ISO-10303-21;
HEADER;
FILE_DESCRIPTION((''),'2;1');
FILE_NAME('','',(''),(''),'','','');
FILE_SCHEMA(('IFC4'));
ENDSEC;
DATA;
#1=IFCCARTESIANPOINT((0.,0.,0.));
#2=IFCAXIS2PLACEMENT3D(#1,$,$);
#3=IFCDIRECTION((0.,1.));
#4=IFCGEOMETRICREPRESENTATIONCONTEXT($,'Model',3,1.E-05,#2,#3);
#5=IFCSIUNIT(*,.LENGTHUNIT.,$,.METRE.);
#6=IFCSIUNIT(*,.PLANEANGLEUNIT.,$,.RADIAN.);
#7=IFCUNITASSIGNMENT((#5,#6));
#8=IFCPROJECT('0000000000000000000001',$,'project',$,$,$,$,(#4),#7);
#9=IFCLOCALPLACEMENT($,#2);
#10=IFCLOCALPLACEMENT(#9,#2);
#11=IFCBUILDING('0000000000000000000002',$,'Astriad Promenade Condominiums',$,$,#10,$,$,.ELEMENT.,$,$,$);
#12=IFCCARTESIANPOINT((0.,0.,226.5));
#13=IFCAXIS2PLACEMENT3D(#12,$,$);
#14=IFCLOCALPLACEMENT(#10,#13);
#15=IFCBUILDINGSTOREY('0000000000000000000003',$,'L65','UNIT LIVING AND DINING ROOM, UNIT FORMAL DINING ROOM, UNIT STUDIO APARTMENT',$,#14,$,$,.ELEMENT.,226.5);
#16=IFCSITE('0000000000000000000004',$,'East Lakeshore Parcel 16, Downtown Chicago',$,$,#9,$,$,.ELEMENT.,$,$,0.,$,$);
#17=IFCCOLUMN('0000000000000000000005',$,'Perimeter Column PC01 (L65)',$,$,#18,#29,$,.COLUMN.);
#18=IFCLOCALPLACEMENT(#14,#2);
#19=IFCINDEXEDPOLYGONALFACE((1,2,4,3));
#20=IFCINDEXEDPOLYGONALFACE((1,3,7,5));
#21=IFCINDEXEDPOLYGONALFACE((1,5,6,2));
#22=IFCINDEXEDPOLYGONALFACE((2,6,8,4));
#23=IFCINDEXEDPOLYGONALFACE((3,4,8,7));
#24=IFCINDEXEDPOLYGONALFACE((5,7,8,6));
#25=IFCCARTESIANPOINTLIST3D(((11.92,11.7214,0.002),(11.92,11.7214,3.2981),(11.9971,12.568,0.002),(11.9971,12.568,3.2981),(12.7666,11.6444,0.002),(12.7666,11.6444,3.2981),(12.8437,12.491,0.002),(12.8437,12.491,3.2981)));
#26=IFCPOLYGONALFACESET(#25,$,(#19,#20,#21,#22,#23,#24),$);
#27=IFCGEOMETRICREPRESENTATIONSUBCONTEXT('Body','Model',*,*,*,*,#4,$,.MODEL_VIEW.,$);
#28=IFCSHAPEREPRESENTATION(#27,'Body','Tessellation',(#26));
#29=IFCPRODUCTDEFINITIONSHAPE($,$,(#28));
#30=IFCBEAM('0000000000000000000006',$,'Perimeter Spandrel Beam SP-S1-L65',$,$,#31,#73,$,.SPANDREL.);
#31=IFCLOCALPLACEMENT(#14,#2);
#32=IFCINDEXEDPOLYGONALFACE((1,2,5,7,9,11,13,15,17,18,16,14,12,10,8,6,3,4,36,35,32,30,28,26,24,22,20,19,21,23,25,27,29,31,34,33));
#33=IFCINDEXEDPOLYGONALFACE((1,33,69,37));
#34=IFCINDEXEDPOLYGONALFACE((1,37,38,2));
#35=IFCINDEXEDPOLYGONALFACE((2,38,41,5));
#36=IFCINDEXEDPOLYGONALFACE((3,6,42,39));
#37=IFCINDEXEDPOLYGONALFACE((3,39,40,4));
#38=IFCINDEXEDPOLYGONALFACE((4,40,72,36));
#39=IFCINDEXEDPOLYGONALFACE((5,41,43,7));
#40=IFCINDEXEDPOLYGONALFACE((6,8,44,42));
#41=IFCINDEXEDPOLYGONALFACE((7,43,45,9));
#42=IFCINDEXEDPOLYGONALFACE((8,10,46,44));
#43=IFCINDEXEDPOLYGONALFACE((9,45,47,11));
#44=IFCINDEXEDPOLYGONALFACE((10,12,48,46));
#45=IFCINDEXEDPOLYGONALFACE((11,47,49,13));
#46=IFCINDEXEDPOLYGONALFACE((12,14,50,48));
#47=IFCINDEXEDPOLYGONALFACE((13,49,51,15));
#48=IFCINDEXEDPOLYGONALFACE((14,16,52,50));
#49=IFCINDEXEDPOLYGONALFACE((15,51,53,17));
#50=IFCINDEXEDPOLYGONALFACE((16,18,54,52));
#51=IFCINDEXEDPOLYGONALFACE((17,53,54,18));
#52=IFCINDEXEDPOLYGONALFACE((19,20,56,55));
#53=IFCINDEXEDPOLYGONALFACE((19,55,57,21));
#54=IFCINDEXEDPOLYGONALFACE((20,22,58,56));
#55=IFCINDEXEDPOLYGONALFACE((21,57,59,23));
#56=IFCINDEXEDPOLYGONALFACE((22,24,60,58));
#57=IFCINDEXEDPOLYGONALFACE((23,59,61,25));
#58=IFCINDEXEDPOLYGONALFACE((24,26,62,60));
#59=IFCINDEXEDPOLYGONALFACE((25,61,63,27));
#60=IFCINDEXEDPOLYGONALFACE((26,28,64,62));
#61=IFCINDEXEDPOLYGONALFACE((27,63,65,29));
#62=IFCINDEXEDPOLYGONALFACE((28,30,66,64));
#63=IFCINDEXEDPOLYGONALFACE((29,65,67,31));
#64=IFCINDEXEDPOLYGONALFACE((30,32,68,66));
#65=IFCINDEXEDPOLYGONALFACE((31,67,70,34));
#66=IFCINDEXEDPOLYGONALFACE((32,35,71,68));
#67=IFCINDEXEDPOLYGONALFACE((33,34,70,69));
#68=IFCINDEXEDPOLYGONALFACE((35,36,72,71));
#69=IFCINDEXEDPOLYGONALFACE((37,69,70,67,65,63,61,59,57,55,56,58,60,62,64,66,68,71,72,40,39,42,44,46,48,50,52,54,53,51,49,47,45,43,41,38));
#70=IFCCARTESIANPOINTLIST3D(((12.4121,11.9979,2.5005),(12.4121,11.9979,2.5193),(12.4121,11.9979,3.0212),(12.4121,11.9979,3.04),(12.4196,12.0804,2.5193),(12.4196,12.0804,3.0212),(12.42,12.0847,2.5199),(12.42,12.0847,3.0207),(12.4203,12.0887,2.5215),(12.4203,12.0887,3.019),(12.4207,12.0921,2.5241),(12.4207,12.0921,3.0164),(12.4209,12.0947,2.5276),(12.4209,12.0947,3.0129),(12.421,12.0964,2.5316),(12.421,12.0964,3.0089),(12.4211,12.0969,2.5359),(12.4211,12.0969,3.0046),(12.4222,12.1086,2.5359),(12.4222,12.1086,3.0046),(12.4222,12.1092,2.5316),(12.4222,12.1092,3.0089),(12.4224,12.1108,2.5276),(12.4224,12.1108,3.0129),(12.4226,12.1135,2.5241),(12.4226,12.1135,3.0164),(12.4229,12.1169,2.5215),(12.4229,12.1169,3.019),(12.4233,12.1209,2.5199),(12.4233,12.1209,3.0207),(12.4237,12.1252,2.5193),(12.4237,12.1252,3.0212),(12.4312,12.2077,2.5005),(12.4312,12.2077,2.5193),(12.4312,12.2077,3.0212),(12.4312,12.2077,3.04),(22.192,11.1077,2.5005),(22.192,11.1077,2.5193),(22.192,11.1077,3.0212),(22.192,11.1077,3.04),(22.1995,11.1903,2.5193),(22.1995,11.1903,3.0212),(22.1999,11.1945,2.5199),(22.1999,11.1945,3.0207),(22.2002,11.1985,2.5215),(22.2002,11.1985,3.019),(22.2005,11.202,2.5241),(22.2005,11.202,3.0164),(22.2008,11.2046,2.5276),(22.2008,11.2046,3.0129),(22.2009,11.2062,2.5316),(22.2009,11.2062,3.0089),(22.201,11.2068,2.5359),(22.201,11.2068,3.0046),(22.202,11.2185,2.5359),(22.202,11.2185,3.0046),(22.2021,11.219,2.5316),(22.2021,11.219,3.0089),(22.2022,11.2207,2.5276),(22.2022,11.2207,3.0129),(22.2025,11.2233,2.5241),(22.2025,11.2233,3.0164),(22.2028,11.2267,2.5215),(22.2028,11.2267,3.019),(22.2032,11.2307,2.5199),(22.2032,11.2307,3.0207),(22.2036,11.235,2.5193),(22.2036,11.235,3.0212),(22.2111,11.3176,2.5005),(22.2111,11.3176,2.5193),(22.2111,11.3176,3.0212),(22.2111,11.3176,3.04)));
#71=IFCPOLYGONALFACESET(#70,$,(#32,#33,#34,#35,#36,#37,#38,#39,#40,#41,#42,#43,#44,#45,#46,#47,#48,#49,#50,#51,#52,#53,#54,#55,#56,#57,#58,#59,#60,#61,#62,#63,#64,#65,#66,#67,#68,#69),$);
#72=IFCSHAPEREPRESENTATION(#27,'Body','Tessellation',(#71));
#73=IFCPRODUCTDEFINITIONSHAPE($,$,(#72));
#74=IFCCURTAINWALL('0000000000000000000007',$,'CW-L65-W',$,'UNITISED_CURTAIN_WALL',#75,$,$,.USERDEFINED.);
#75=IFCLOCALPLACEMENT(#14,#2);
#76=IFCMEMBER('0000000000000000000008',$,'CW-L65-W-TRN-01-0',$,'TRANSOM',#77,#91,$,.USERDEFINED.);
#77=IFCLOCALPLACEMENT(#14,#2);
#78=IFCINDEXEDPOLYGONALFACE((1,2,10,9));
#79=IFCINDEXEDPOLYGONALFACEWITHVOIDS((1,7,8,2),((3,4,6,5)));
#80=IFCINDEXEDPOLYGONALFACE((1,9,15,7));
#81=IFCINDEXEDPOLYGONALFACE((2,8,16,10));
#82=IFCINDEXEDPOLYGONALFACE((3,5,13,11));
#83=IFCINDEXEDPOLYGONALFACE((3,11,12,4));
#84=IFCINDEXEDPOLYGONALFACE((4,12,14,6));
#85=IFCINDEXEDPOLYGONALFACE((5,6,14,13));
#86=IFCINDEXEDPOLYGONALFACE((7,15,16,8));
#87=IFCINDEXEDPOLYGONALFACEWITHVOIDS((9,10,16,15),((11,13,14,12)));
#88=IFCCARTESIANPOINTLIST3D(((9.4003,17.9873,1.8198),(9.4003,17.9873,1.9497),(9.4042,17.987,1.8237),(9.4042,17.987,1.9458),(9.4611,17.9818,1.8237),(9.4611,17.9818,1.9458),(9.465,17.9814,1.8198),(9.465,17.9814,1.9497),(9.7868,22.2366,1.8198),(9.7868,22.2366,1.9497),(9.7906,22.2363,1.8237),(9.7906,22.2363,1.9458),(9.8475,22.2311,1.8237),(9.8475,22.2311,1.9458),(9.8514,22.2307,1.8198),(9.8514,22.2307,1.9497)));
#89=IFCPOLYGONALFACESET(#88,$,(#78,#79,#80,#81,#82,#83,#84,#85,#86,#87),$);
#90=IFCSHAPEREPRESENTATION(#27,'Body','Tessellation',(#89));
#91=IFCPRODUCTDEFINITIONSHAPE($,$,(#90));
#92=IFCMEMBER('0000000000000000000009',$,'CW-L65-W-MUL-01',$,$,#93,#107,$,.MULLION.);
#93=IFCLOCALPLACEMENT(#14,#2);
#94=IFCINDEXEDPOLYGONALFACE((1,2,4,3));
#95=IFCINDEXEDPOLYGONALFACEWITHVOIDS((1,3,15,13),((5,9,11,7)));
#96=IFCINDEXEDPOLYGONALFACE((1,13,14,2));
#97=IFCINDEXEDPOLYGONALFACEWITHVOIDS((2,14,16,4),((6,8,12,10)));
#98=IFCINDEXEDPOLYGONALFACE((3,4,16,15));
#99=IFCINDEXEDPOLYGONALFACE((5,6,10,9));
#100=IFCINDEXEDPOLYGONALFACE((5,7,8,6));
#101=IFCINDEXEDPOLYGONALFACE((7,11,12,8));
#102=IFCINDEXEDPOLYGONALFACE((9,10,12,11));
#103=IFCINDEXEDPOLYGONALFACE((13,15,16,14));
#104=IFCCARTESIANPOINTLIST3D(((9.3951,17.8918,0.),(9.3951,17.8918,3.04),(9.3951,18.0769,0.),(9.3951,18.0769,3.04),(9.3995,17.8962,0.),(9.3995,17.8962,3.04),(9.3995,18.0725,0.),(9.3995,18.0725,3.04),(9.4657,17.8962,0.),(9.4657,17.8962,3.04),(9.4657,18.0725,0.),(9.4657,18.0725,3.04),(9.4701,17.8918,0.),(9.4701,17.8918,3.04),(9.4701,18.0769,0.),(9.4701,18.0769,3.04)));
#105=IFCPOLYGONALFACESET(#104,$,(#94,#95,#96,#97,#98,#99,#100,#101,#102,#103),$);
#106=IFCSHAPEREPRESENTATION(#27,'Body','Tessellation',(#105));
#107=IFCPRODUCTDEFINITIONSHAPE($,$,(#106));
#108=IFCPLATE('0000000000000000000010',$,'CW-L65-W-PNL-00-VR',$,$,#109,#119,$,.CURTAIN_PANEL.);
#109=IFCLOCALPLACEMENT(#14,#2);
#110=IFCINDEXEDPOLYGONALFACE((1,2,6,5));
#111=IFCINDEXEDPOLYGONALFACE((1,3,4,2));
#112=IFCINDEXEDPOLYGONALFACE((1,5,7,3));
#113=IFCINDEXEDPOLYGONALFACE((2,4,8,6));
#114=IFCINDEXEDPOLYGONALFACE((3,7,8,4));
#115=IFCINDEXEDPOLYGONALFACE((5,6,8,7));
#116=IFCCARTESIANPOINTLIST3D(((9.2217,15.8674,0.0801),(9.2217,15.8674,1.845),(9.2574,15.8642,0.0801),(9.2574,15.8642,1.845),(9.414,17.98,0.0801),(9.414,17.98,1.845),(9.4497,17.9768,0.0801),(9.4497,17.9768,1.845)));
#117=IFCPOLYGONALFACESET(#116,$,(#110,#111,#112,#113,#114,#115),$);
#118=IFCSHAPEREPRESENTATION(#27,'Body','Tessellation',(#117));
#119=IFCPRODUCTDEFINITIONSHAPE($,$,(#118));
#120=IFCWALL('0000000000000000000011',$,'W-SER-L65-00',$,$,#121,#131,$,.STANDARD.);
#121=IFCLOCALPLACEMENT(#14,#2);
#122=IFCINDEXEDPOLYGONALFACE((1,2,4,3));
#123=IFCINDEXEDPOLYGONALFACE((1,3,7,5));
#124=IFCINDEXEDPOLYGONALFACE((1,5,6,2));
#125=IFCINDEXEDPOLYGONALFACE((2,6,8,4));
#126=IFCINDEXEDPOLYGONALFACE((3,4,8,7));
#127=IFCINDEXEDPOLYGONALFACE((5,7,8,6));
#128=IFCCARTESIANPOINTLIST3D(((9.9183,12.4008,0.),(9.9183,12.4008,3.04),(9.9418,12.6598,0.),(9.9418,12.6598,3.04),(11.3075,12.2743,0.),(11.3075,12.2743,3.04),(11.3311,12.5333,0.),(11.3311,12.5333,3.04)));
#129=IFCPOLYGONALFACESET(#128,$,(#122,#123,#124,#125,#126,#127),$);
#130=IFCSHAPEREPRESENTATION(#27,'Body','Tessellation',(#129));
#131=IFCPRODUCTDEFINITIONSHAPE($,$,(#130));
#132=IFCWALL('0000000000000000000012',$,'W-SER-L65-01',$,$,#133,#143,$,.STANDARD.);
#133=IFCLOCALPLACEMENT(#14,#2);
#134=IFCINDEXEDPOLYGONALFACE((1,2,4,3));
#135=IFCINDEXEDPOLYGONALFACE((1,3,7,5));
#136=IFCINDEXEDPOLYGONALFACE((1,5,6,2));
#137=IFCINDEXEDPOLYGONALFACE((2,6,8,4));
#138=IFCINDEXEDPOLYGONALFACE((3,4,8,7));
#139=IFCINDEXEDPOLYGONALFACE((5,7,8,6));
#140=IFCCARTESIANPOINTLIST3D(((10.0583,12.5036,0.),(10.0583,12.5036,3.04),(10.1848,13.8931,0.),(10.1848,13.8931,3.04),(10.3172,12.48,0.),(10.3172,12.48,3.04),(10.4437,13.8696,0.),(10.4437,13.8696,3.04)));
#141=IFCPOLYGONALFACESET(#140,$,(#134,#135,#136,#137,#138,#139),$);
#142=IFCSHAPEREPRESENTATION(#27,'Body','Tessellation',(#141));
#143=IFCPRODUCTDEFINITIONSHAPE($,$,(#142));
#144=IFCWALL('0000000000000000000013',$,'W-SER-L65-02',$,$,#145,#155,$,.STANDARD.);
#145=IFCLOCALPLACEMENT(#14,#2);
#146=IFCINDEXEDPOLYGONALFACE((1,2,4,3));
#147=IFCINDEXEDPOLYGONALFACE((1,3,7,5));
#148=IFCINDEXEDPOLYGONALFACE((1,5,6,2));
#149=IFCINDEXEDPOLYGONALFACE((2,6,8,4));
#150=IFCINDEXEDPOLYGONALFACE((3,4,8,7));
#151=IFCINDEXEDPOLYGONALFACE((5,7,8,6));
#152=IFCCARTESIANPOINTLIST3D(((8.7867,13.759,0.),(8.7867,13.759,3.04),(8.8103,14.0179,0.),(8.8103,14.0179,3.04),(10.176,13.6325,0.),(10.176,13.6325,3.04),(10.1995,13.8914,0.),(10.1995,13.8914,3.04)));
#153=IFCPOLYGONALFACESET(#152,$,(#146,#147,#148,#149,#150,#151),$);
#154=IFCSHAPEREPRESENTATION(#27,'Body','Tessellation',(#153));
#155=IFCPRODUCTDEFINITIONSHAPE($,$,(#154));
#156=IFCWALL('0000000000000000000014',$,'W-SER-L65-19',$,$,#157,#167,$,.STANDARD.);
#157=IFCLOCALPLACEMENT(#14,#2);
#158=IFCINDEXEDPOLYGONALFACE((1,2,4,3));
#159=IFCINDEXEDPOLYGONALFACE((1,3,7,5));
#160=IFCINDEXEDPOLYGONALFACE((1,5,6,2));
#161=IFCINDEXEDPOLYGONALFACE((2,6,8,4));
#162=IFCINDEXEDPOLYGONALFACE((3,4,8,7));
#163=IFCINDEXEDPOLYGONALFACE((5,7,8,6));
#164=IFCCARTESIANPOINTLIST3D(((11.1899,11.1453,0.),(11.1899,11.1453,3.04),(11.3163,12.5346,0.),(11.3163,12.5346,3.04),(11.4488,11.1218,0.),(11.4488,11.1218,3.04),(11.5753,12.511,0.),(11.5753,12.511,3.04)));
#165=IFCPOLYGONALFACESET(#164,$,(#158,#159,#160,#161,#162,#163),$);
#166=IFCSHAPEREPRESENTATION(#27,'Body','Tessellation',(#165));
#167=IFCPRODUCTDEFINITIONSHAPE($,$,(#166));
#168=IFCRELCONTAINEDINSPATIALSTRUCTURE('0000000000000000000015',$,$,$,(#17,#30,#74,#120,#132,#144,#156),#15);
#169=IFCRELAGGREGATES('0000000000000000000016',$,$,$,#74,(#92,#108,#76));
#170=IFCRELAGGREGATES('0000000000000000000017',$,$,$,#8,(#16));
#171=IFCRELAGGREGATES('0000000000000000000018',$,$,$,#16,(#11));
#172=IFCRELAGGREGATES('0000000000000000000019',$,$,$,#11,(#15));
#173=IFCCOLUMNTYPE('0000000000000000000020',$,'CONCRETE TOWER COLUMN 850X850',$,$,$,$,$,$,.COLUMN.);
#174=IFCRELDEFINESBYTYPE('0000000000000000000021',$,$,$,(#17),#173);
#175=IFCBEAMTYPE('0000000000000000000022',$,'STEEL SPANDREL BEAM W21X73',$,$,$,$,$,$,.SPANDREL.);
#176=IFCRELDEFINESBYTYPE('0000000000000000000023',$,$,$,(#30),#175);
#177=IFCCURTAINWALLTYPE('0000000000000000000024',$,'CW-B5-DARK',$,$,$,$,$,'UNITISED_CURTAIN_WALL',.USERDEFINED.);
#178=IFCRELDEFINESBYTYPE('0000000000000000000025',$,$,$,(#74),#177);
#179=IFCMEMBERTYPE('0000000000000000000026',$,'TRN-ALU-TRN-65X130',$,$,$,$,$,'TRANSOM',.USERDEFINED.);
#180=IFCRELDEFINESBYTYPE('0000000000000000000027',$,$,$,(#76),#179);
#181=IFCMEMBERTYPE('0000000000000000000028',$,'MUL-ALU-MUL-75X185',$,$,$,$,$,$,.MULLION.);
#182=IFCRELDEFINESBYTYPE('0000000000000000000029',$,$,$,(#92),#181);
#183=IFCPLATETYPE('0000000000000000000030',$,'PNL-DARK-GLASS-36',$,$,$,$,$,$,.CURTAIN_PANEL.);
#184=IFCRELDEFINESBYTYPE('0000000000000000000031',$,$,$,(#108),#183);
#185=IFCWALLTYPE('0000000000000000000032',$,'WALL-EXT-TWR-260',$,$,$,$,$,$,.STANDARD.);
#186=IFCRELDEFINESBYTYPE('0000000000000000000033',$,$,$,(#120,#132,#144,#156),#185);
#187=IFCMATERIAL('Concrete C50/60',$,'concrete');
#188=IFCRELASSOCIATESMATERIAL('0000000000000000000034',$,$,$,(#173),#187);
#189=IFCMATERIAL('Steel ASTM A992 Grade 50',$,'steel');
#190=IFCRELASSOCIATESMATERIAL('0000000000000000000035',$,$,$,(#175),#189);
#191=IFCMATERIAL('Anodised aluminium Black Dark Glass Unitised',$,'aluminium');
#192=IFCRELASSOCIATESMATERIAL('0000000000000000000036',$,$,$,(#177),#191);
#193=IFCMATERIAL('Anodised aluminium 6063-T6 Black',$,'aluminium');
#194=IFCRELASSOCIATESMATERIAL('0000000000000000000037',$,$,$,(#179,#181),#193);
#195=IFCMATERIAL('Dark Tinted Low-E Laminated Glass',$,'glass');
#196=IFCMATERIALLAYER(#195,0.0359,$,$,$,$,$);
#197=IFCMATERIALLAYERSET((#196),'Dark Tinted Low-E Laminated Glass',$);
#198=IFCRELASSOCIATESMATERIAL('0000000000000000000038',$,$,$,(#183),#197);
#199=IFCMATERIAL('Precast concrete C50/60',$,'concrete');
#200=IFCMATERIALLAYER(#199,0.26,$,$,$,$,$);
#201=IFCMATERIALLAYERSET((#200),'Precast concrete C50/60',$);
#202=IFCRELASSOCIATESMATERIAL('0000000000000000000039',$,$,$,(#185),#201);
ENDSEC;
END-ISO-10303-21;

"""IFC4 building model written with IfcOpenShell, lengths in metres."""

from ifc_helpers import new_model, si_unit, direction, frame, frame_2d, origin, origin_2d, place, context, subcontext, project, spatial, rectangle, hollow_rectangle, i_section, extrude, source, transform, mapped, material, layer, layer_set, material_profile, profile_set, type_object, type_shapes, element, aggregate, save


model = new_model("IFC4")

# Units and contexts
model_context = context("Model", 3, precision=1e-05, world=origin(), true_north=direction((0.0, 1.0)))
body_context = subcontext(model_context, "Body", "Model", "MODEL_VIEW")
ifc_project = project(units=[si_unit("LENGTHUNIT", "METRE"), si_unit("PLANEANGLEUNIT", "RADIAN")], contexts=[model_context])

# Site, building, storey
site_placement = place(None, origin())
site = spatial("IfcSite", under=ifc_project, at=site_placement, Name="East Lakeshore Parcel 16, Downtown Chicago", CompositionType="ELEMENT", RefElevation=0.0)
building_placement = place(site_placement, origin())
building = spatial("IfcBuilding", under=site, at=building_placement, Name="Astriad Promenade Condominiums", CompositionType="ELEMENT")
storey_placement = place(building_placement, frame((0.0, 0.0, 226.5)))
storey = spatial("IfcBuildingStorey", under=building, at=storey_placement, Name="L65", Description="UNIT LIVING AND DINING ROOM, UNIT FORMAL DINING ROOM, UNIT STUDIO APARTMENT", CompositionType="ELEMENT", Elevation=226.5)

# Column
ifc_material_1 = material(Name="Concrete C50/60", Category="concrete")
ifc_material_profile_1 = material_profile(ifc_material_1, rectangle(XDim=0.8501, YDim=0.8501, at=origin_2d()), Name="RC-COL-850X850")
ifc_profile_set_1 = profile_set([ifc_material_profile_1], Name="Concrete C50/60")
column_type = type_object("IfcColumnType", Name="CONCRETE TOWER COLUMN 850X850", PredefinedType="COLUMN", material=ifc_profile_set_1)
shared_shape_1 = source(origin(), body_context, "Body", "SweptSolid", [
    extrude(rectangle(XDim=0.8501, YDim=0.8501, at=origin_2d()), origin(), (0.0, 0.0, 1.0), 3.2961),
])
type_shapes(column_type, [shared_shape_1])
column_placement = place(storey_placement, frame((12.3818, 12.1062, 0.002), z_axis=(0.0, 0.0, 1.0), x_axis=(0.995884, -0.090633, 0.0)))
element("IfcColumn", 1, at=column_placement, inside=storey, type_object=column_type, Name="Perimeter Column PC01 (L65)", PredefinedType="COLUMN", context=body_context, shape_type="MappedRepresentation", body=[
    mapped(shared_shape_1, transform((0.0, 0.0, 0.0), scale=1.0)),
])

# Beam
ifc_material_2 = material(Name="Steel ASTM A992 Grade 50", Category="steel")
ifc_material_profile_2 = material_profile(ifc_material_2, i_section(OverallWidth=0.2107, OverallDepth=0.5396, WebThickness=0.0117, FlangeThickness=0.0188, FilletRadius=0.0166, at=origin_2d()), Name="W21X73")
ifc_profile_set_2 = profile_set([ifc_material_profile_2], Name="Steel ASTM A992 Grade 50")
beam_type = type_object("IfcBeamType", Name="STEEL SPANDREL BEAM W21X73", PredefinedType="SPANDREL", material=ifc_profile_set_2)
shared_shape_2 = source(origin(), body_context, "Body", "SweptSolid", [
    extrude(i_section(OverallWidth=0.2107, OverallDepth=0.5396, WebThickness=0.0117, FlangeThickness=0.0188, FilletRadius=0.0166, at=origin_2d()), origin(), (0.0, 0.0, 1.0), 9.8203),
])
type_shapes(beam_type, [shared_shape_2])
beam_placement = place(storey_placement, frame((12.4216, 12.1028, 2.7703), z_axis=(0.995883, -0.090643, 0.0), x_axis=(0.090643, 0.995883, 0.0)))
element("IfcBeam", 2, at=beam_placement, inside=storey, type_object=beam_type, Name="Perimeter Spandrel Beam SP-S1-L65", PredefinedType="SPANDREL", context=body_context, shape_type="MappedRepresentation", body=[
    mapped(shared_shape_2, transform((0.0, 0.0, 0.0), scale=1.0)),
])

# Curtain wall, members, plate
ifc_material_3 = material(Name="Anodised aluminium Black Dark Glass Unitised", Category="aluminium")
curtain_wall_type = type_object("IfcCurtainWallType", Name="CW-B5-DARK", ElementType="UNITISED_CURTAIN_WALL", PredefinedType="USERDEFINED", material=ifc_material_3)
curtain_wall_placement = place(storey_placement, origin())
curtain_wall = element("IfcCurtainWall", 3, at=curtain_wall_placement, inside=storey, type_object=curtain_wall_type, Name="CW-L65-W", ObjectType="UNITISED_CURTAIN_WALL", PredefinedType="USERDEFINED")
ifc_material_4 = material(Name="Anodised aluminium 6063-T6 Black", Category="aluminium")
ifc_material_profile_3 = material_profile(ifc_material_4, hollow_rectangle(XDim=0.0649, YDim=0.1299, WallThickness=0.0039, at=origin_2d()), Name="ALU-TRN-65X130")
ifc_profile_set_3 = profile_set([ifc_material_profile_3], Name="Anodised aluminium 6063-T6 Black")
member_type_1 = type_object("IfcMemberType", Name="TRN-ALU-TRN-65X130", ElementType="TRANSOM", PredefinedType="USERDEFINED", material=ifc_profile_set_3)
shared_shape_3 = source(origin(), body_context, "Body", "SweptSolid", [
    extrude(hollow_rectangle(XDim=0.0649, YDim=0.1299, WallThickness=0.0039, at=origin_2d()), origin(), (0.0, 0.0, 1.0), 4.2668),
])
type_shapes(member_type_1, [shared_shape_3])
member_1_placement = place(storey_placement, frame((9.4326, 17.9844, 1.8848), z_axis=(0.090577, 0.995889, 0.0), x_axis=(-0.995889, 0.090577, 0.0)))
member_1 = element("IfcMember", 4, at=member_1_placement, type_object=member_type_1, Name="CW-L65-W-TRN-01-0", ObjectType="TRANSOM", PredefinedType="USERDEFINED", context=body_context, shape_type="MappedRepresentation", body=[
    mapped(shared_shape_3, transform((0.0, 0.0, 0.0), scale=1.0)),
])
ifc_material_profile_4 = material_profile(ifc_material_4, hollow_rectangle(XDim=0.075, YDim=0.1851, WallThickness=0.0044, at=origin_2d()), Name="ALU-MUL-75X185")
ifc_profile_set_4 = profile_set([ifc_material_profile_4], Name="Anodised aluminium 6063-T6 Black")
member_type_2 = type_object("IfcMemberType", Name="MUL-ALU-MUL-75X185", PredefinedType="MULLION", material=ifc_profile_set_4)
shared_shape_4 = source(origin(), body_context, "Body", "SweptSolid", [
    extrude(hollow_rectangle(XDim=0.075, YDim=0.1851, WallThickness=0.0044, at=origin_2d()), origin(), (0.0, 0.0, 1.0), 3.04),
])
type_shapes(member_type_2, [shared_shape_4])
member_2_placement = place(storey_placement, frame((9.4326, 17.9844, 0.0), z_axis=(0.0, 0.0, 1.0), x_axis=(1.0, 0.0, 0.0)))
member_2 = element("IfcMember", 5, at=member_2_placement, type_object=member_type_2, Name="CW-L65-W-MUL-01", PredefinedType="MULLION", context=body_context, shape_type="MappedRepresentation", body=[
    mapped(shared_shape_4, transform((0.0, 0.0, 0.0), scale=1.0)),
])
ifc_material_5 = material(Name="Dark Tinted Low-E Laminated Glass", Category="glass")
ifc_layer_1 = layer(ifc_material_5, 0.0359)
ifc_layer_set_1 = layer_set([ifc_layer_1], Name="Dark Tinted Low-E Laminated Glass")
plate_type = type_object("IfcPlateType", Name="PNL-DARK-GLASS-36", PredefinedType="CURTAIN_PANEL", material=ifc_layer_set_1)
shared_shape_5 = source(origin(), body_context, "Body", "SweptSolid", [
    extrude(rectangle(XDim=2.1213, YDim=0.0359, at=origin_2d()), origin(), (0.0, 0.0, 1.0), 1.7649),
])
type_shapes(plate_type, [shared_shape_5])
plate_placement = place(storey_placement, frame((9.3357, 16.9221, 0.0801), z_axis=(0.0, 0.0, 1.0), x_axis=(0.090633, 0.995884, 0.0)))
plate = element("IfcPlate", 6, at=plate_placement, type_object=plate_type, Name="CW-L65-W-PNL-00-VR", PredefinedType="CURTAIN_PANEL", context=body_context, shape_type="MappedRepresentation", body=[
    mapped(shared_shape_5, transform((0.0, 0.0, 0.0), scale=1.0)),
])
aggregate(curtain_wall, [member_2, plate, member_1])

# Walls
ifc_material_6 = material(Name="Precast concrete C50/60", Category="concrete")
ifc_layer_2 = layer(ifc_material_6, 0.26)
ifc_layer_set_2 = layer_set([ifc_layer_2], Name="Precast concrete C50/60")
wall_type_1 = type_object("IfcWallType", Name="WALL-EXT-TWR-260", PredefinedType="STANDARD", material=ifc_layer_set_2)
wall_1_placement = place(storey_placement, frame((11.3193, 12.4038, 0.0), z_axis=(0.0, 0.0, 1.0), x_axis=(-0.995882, 0.090662, 0.0)))
element("IfcWall", 7, at=wall_1_placement, inside=storey, type_object=wall_type_1, Name="W-SER-L65-00", PredefinedType="STANDARD", context=body_context, shape_type="SweptSolid", body=[
    extrude(rectangle(XDim=1.395, YDim=0.26, at=frame_2d((0.6975, 0.0))), origin(), (0.0, 0.0, 1.0), 3.04),
])
wall_2_placement = place(storey_placement, frame((10.1877, 12.4917, 0.0), z_axis=(0.0, 0.0, 1.0), x_axis=(0.090646, 0.995883, 0.0)))
element("IfcWall", 8, at=wall_2_placement, inside=storey, type_object=wall_type_1, Name="W-SER-L65-01", PredefinedType="STANDARD", context=body_context, shape_type="SweptSolid", body=[
    extrude(rectangle(XDim=1.3953, YDim=0.26, at=frame_2d((0.6978, 0.0))), origin(), (0.0, 0.0, 1.0), 3.04),
])
for number, where, z_axis, x_axis, name in (
    (9, (10.1877, 13.762, 0.0), (0.0, 0.0, 1.0), (-0.995882, 0.090662, 0.0), "W-SER-L65-02"),
    (10, (11.3193, 11.1335, 0.0), (0.0, 0.0, 1.0), (0.090662, 0.995882, 0.0), "W-SER-L65-19"),
):
    element("IfcWall", number, at=place(storey_placement, frame(where, z_axis=z_axis, x_axis=x_axis)), inside=storey, type_object=wall_type_1, Name=name, PredefinedType="STANDARD", context=body_context, shape_type="SweptSolid", body=[
        extrude(rectangle(XDim=1.395, YDim=0.26, at=frame_2d((0.6975, 0.0))), origin(), (0.0, 0.0, 1.0), 3.04),
    ])

save(model, "model.ifc")
